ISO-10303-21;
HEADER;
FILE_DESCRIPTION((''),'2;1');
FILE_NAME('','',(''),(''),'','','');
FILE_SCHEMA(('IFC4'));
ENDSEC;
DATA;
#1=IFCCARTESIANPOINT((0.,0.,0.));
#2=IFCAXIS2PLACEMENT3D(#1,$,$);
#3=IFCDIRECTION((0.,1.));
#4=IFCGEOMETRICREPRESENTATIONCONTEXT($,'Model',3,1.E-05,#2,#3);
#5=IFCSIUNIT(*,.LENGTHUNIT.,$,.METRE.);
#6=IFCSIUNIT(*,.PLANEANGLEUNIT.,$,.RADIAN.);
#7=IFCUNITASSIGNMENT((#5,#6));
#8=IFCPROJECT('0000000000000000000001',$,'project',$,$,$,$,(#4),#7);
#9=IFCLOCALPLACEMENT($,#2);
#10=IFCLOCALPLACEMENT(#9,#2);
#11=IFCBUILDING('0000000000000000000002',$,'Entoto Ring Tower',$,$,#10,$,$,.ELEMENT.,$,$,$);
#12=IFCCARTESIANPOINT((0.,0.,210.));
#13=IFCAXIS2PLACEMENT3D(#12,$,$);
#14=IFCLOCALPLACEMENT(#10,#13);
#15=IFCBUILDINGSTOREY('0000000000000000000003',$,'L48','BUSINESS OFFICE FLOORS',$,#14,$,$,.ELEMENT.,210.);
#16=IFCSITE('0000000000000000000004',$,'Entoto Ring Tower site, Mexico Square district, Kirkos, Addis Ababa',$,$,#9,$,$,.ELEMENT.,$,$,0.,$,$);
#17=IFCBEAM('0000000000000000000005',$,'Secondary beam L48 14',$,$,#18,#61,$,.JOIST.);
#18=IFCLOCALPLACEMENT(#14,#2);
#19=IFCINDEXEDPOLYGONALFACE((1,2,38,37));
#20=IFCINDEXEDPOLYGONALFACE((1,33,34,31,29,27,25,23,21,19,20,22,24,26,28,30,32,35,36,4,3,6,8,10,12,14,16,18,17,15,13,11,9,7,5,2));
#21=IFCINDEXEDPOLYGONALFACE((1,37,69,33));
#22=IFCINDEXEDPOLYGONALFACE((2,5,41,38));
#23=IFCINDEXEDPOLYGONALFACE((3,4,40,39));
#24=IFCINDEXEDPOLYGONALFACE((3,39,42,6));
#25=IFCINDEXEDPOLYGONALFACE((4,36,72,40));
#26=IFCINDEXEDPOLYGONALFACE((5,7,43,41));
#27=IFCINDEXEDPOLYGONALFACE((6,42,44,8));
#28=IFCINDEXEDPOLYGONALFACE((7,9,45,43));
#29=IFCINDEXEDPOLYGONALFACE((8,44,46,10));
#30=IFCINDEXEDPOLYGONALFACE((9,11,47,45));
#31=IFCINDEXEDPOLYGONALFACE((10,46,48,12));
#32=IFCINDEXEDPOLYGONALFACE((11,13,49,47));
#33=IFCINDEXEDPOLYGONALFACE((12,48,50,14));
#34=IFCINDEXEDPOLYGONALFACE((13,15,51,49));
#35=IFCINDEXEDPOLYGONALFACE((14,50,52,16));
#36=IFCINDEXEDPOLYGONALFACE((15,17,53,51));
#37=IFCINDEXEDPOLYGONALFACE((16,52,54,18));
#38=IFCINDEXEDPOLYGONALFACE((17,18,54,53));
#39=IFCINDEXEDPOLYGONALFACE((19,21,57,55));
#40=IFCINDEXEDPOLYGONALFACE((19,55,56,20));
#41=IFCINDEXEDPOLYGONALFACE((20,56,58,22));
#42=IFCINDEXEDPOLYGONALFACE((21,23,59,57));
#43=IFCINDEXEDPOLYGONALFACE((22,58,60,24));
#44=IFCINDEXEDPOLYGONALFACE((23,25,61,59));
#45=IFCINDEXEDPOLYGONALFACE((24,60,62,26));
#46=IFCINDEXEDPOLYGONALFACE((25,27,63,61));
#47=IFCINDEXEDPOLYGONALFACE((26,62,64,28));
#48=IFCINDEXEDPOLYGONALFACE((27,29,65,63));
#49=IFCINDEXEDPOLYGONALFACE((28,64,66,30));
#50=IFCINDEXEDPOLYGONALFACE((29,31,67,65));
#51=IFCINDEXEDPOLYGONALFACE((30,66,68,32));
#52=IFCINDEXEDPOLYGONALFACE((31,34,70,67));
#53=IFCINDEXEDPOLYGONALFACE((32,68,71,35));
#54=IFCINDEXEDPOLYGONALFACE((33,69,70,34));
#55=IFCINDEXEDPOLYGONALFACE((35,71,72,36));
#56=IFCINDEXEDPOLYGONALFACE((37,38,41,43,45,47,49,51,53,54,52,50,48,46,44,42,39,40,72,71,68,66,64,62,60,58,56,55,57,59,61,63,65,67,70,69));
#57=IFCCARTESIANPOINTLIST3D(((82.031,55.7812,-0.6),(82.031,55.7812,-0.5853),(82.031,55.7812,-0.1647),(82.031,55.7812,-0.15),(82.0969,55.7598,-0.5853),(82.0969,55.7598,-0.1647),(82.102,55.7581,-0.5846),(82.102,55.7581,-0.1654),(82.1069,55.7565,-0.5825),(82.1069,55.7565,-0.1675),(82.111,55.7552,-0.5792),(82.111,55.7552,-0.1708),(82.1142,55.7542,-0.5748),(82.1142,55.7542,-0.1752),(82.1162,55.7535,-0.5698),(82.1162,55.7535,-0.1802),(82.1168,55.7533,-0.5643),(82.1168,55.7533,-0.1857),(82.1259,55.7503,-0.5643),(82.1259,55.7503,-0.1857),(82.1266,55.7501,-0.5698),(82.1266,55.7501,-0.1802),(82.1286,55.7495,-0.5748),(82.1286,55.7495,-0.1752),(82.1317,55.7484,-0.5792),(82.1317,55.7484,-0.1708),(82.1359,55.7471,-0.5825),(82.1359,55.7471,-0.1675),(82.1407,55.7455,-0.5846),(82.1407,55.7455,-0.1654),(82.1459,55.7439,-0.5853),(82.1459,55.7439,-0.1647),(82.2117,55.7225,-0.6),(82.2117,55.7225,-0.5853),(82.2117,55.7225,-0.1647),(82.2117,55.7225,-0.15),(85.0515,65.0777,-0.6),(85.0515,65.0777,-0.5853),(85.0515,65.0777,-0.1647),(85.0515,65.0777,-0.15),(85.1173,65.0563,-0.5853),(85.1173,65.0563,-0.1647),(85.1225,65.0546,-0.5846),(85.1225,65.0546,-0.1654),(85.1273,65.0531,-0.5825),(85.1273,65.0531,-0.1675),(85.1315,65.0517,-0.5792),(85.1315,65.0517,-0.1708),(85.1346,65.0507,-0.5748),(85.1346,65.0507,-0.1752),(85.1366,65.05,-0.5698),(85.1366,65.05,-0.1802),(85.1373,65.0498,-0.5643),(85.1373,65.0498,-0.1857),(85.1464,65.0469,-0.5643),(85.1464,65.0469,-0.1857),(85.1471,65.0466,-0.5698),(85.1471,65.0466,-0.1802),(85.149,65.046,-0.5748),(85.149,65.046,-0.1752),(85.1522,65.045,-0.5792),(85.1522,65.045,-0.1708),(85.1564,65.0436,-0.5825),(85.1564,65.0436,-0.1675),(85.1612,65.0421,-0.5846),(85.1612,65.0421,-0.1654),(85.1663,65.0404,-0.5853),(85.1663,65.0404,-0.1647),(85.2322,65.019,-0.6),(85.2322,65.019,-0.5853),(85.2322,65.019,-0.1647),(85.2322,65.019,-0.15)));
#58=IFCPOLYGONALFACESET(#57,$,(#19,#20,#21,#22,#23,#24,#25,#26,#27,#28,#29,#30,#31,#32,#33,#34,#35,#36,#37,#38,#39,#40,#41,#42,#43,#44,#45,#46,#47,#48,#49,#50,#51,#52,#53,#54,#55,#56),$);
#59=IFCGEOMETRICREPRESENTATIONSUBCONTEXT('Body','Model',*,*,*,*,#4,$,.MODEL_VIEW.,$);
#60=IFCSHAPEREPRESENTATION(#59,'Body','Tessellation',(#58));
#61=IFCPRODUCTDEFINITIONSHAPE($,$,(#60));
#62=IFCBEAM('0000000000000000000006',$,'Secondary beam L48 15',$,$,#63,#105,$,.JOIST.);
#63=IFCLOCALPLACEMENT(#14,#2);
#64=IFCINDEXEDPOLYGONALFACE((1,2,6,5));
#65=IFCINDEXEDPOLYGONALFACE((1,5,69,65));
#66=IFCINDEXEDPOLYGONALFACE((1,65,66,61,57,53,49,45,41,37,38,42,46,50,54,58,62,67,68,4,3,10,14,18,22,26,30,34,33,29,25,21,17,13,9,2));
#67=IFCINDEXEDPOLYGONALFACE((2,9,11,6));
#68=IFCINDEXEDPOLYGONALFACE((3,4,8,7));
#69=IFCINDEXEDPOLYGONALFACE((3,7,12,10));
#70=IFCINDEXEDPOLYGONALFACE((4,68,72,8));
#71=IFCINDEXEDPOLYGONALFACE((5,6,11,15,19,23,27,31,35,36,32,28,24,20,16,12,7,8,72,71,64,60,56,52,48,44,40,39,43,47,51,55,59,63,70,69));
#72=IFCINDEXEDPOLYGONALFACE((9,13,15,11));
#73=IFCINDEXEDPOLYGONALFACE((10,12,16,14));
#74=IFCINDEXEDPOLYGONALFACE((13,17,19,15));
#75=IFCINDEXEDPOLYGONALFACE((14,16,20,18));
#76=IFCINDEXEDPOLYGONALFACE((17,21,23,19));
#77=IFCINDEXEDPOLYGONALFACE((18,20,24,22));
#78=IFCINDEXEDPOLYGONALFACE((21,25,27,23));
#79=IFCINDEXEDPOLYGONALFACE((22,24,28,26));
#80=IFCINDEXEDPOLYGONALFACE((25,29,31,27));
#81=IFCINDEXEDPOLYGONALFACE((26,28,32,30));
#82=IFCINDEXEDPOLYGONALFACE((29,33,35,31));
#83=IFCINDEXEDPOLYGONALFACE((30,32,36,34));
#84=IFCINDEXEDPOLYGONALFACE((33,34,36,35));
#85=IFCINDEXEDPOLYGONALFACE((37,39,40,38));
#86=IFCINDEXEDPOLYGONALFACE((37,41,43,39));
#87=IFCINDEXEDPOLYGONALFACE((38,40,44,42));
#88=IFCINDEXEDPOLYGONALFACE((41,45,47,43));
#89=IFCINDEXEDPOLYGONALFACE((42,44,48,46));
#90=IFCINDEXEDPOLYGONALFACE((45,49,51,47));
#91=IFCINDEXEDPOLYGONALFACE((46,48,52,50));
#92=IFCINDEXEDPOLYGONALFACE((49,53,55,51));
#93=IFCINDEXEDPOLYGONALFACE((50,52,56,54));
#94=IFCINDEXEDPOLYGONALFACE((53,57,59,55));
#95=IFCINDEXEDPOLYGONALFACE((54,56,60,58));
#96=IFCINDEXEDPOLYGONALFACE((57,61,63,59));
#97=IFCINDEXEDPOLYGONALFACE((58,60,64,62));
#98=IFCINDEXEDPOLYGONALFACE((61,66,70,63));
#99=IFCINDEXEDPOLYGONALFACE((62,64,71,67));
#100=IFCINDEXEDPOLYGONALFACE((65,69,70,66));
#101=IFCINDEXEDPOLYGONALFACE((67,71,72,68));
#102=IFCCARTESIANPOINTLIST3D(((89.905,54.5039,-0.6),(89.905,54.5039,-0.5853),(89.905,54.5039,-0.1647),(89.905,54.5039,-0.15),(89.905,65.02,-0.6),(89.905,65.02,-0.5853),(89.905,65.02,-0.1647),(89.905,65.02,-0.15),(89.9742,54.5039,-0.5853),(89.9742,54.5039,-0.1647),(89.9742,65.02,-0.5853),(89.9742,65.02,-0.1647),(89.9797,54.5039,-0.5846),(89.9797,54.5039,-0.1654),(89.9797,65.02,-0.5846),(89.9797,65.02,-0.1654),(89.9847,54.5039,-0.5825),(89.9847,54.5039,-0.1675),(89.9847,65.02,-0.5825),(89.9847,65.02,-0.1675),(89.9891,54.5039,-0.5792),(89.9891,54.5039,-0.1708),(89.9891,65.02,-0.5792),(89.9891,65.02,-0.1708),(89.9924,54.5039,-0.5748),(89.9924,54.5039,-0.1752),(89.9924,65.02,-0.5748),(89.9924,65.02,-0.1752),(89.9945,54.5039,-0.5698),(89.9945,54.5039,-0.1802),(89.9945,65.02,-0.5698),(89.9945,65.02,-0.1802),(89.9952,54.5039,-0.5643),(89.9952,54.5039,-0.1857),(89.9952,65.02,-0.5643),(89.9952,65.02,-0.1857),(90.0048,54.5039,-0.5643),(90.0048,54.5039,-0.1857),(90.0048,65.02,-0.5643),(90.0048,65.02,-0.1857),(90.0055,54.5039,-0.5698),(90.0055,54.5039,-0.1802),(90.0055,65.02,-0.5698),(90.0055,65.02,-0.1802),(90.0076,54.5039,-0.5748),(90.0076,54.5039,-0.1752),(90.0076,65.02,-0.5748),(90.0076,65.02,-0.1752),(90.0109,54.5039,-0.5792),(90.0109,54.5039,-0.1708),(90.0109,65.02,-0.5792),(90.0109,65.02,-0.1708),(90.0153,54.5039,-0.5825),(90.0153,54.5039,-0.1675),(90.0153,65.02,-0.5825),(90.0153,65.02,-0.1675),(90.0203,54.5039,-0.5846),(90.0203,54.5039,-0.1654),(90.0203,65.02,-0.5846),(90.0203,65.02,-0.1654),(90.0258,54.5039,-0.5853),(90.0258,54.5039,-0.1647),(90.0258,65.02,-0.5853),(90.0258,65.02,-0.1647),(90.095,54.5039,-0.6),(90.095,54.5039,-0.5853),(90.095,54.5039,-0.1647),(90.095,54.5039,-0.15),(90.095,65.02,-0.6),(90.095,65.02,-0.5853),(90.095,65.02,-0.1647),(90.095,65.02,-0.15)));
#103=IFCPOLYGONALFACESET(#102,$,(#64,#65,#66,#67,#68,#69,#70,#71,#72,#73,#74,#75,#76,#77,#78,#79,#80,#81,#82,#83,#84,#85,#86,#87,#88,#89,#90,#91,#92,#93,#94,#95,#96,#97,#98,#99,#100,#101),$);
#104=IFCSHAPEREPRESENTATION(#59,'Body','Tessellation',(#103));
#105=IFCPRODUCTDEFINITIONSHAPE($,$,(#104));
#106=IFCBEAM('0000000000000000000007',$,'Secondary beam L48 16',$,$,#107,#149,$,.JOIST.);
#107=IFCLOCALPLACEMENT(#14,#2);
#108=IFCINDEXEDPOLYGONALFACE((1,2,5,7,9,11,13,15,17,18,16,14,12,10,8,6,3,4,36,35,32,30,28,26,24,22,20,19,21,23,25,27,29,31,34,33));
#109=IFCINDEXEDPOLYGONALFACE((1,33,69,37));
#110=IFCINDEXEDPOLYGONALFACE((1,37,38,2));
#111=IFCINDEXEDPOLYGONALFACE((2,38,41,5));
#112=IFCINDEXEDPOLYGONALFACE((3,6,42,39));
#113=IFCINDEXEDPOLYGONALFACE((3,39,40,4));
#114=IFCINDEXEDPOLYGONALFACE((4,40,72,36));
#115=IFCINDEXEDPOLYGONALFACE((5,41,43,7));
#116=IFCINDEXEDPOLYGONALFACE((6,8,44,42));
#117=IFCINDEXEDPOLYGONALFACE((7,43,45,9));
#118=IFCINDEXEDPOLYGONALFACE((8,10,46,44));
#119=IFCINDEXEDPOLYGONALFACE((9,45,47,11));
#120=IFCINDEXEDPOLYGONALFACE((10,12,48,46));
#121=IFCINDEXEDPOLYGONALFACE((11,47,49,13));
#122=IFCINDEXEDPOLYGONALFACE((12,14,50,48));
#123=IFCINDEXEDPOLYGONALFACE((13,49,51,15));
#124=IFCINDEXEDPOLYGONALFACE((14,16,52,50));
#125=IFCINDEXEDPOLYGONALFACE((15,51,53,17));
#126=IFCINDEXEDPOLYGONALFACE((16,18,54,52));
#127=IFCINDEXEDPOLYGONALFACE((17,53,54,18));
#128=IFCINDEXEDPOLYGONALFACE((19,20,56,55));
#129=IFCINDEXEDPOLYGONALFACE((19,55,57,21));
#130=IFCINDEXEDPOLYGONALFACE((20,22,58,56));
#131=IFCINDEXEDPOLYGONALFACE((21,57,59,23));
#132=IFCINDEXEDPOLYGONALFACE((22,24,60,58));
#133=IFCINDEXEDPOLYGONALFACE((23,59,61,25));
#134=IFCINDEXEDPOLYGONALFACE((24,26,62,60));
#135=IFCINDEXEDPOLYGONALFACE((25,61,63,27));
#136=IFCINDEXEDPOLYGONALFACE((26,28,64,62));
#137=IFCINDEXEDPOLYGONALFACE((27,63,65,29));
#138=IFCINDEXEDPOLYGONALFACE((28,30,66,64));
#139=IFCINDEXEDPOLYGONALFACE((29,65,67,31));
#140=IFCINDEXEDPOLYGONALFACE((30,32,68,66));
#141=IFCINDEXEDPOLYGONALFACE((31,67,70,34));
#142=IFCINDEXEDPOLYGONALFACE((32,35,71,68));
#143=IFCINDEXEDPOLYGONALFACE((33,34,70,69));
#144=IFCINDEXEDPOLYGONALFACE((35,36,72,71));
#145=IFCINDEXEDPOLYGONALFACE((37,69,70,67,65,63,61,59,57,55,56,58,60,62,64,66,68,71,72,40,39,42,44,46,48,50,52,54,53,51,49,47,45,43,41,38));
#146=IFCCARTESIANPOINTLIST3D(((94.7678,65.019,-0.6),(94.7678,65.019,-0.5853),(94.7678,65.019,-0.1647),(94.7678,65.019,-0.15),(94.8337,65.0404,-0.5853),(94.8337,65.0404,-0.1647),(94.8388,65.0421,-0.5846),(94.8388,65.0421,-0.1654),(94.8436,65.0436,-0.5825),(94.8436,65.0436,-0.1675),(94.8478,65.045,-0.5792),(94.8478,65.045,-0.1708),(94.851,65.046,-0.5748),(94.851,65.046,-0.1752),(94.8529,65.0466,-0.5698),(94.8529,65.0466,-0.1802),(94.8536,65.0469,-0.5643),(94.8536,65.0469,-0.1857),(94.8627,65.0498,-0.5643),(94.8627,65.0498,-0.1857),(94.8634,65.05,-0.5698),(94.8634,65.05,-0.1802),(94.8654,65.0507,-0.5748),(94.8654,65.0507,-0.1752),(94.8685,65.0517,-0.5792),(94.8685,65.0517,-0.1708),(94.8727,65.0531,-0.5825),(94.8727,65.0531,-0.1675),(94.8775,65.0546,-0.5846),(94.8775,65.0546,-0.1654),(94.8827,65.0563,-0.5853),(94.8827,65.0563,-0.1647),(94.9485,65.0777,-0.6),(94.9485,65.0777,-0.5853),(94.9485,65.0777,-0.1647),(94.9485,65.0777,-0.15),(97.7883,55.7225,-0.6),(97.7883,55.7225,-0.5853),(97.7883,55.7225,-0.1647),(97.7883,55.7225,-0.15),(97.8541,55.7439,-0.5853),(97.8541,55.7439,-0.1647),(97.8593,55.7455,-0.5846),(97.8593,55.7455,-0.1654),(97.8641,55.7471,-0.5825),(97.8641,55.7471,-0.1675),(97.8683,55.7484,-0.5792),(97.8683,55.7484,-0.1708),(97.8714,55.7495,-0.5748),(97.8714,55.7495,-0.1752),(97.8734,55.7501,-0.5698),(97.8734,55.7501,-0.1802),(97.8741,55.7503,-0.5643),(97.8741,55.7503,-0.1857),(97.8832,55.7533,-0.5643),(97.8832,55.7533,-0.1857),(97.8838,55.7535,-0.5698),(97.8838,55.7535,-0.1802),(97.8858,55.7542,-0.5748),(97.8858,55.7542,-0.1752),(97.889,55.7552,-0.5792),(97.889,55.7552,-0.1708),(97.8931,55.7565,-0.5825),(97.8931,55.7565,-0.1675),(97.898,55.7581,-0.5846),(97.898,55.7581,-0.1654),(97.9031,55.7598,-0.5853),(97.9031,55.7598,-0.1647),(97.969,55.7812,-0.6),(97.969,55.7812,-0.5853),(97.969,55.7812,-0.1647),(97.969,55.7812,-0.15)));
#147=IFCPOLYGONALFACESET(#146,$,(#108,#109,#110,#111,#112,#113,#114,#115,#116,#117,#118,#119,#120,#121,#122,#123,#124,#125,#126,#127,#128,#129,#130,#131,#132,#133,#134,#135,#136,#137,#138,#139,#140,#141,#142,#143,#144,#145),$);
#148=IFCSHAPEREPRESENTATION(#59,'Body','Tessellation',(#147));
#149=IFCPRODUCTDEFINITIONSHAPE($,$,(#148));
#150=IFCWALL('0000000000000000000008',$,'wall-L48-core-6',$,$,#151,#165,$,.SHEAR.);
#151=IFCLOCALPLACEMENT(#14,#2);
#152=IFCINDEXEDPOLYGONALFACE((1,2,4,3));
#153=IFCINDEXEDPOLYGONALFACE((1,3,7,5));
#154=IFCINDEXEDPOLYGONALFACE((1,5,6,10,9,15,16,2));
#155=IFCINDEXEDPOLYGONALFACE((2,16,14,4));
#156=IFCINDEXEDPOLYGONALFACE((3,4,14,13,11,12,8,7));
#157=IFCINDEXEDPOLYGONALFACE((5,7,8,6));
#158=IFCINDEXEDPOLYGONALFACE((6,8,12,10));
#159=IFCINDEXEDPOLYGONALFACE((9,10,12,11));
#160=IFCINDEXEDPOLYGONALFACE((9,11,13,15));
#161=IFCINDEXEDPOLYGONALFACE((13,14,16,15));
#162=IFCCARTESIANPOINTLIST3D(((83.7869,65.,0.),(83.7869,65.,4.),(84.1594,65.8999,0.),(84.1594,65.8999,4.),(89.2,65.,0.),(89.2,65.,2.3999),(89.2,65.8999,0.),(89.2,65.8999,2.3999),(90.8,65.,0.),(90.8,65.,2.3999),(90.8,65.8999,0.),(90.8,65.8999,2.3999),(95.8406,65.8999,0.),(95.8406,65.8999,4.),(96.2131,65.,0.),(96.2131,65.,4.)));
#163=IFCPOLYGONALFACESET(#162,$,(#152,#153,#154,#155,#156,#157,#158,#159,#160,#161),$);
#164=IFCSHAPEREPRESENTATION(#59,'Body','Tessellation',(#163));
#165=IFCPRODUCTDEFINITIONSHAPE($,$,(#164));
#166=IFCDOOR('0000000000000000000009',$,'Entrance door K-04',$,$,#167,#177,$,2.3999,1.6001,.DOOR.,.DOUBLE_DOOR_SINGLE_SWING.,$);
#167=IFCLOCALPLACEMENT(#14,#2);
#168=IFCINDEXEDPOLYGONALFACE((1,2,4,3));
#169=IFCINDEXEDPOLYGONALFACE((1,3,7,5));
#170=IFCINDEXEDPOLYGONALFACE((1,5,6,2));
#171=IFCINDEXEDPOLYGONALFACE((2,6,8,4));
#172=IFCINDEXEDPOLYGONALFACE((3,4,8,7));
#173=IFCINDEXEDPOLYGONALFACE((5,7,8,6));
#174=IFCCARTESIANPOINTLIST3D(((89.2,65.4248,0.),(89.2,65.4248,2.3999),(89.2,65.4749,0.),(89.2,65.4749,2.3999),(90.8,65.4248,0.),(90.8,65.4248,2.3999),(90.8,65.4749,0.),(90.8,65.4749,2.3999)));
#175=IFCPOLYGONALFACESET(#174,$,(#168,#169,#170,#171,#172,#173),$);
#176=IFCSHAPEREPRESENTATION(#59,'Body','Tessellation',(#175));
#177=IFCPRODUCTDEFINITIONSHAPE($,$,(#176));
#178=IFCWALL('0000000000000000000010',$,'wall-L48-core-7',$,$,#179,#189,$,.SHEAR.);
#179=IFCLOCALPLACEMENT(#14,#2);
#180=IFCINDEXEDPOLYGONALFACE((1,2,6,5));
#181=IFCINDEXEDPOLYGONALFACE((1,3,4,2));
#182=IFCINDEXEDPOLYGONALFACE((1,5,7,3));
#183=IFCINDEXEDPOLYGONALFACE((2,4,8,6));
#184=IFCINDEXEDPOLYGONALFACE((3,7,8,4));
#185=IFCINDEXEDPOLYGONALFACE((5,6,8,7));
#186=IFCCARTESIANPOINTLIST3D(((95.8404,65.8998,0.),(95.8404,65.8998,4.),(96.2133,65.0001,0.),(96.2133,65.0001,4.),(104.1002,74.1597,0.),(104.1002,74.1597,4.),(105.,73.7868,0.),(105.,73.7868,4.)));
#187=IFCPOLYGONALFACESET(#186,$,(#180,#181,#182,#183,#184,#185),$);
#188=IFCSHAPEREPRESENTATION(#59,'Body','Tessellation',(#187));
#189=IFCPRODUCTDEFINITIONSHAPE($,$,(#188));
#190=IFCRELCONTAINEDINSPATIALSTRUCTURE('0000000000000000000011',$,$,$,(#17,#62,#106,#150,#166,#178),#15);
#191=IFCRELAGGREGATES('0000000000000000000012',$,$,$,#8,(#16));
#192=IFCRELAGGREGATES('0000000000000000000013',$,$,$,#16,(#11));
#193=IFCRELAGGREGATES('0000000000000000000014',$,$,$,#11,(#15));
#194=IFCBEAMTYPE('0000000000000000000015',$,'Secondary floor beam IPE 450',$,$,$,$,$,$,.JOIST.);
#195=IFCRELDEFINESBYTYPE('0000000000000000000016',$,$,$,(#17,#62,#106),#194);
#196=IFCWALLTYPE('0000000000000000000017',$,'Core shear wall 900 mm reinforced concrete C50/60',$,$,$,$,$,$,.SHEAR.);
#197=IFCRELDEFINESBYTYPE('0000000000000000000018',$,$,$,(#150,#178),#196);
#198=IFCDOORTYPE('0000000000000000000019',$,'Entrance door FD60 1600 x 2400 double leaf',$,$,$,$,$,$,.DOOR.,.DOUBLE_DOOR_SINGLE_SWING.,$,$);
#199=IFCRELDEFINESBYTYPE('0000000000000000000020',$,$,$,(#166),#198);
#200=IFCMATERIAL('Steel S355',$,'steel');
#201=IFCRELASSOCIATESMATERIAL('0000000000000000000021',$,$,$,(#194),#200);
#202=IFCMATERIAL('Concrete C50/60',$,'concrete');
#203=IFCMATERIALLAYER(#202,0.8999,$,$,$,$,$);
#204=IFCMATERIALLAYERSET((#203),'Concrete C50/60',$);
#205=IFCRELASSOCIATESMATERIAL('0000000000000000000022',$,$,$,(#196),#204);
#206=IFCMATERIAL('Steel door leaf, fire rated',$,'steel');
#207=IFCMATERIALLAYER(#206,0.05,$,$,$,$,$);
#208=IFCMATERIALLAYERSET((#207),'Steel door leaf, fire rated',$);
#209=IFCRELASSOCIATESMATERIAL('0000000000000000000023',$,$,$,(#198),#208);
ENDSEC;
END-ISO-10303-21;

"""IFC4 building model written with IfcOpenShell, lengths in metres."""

from ifc_helpers import new_model, si_unit, direction, frame, frame_2d, origin, origin_2d, place, context, subcontext, project, spatial, polyline, rectangle, i_section, outline, extrude, material, layer, layer_set, material_profile, profile_set, type_object, element, fill, save


model = new_model("IFC4")

# Units and contexts
model_context = context("Model", 3, precision=1e-05, world=origin(), true_north=direction((0.0, 1.0)))
body_context = subcontext(model_context, "Body", "Model", "MODEL_VIEW")
ifc_project = project(units=[si_unit("LENGTHUNIT", "METRE"), si_unit("PLANEANGLEUNIT", "RADIAN")], contexts=[model_context])

# Site, building, storey
site_placement = place(None, origin())
site = spatial("IfcSite", under=ifc_project, at=site_placement, Name="Entoto Ring Tower site, Mexico Square district, Kirkos, Addis Ababa", CompositionType="ELEMENT", RefElevation=0.0)
building_placement = place(site_placement, origin())
building = spatial("IfcBuilding", under=site, at=building_placement, Name="Entoto Ring Tower", CompositionType="ELEMENT")
storey_placement = place(building_placement, frame((0.0, 0.0, 210.0)))
storey = spatial("IfcBuildingStorey", under=building, at=storey_placement, Name="L48", Description="BUSINESS OFFICE FLOORS", CompositionType="ELEMENT", Elevation=210.0)

# Beams
ifc_material_1 = material(Name="Steel S355", Category="steel")
ifc_material_profile_1 = material_profile(ifc_material_1, i_section(OverallWidth=0.1899, OverallDepth=0.45, WebThickness=0.0095, FlangeThickness=0.0146, FilletRadius=0.021, at=origin_2d()), Name="IPE 450")
ifc_profile_set_1 = profile_set([ifc_material_profile_1], Name="Steel S355")
beam_type_1 = type_object("IfcBeamType", Name="Secondary floor beam IPE 450", PredefinedType="JOIST", material=ifc_profile_set_1)
beam_1_placement = place(storey_placement, frame((85.1418, 65.0483, -0.375), z_axis=(-0.309003, -0.951061, 0.0), x_axis=(0.951061, -0.309003, 0.0)))
element("IfcBeam", 1, at=beam_1_placement, inside=storey, type_object=beam_type_1, Name="Secondary beam L48 14", PredefinedType="JOIST", context=body_context, shape_type="SweptSolid", body=[
    extrude(i_section(OverallWidth=0.1899, OverallDepth=0.45, WebThickness=0.0095, FlangeThickness=0.0146, FilletRadius=0.021, at=origin_2d()), origin(), (0.0, 0.0, 1.0), 9.7749),
])
beam_2_placement = place(storey_placement, frame((90.0, 65.02, -0.375), z_axis=(0.0, -1.0, 0.0), x_axis=(1.0, 0.0, 0.0)))
element("IfcBeam", 2, at=beam_2_placement, inside=storey, type_object=beam_type_1, Name="Secondary beam L48 15", PredefinedType="JOIST", context=body_context, shape_type="SweptSolid", body=[
    extrude(i_section(OverallWidth=0.1899, OverallDepth=0.45, WebThickness=0.0095, FlangeThickness=0.0146, FilletRadius=0.021, at=origin_2d()), origin(), (0.0, 0.0, 1.0), 10.5161),
])
beam_3_placement = place(storey_placement, frame((94.8582, 65.0483, -0.375), z_axis=(0.309003, -0.951061, 0.0), x_axis=(0.951061, 0.309003, 0.0)))
element("IfcBeam", 3, at=beam_3_placement, inside=storey, type_object=beam_type_1, Name="Secondary beam L48 16", PredefinedType="JOIST", context=body_context, shape_type="SweptSolid", body=[
    extrude(i_section(OverallWidth=0.1899, OverallDepth=0.45, WebThickness=0.0095, FlangeThickness=0.0146, FilletRadius=0.021, at=origin_2d()), origin(), (0.0, 0.0, 1.0), 9.7749),
])

# Wall, opening, door
ifc_material_2 = material(Name="Concrete C50/60", Category="concrete")
ifc_layer_1 = layer(ifc_material_2, 0.8999)
ifc_layer_set_1 = layer_set([ifc_layer_1], Name="Concrete C50/60")
wall_type_1 = type_object("IfcWallType", Name="Core shear wall 900 mm reinforced concrete C50/60", PredefinedType="SHEAR", material=ifc_layer_set_1)
wall_1_placement = place(storey_placement, frame((83.9731, 65.45, 0.0), z_axis=(0.0, 0.0, 1.0), x_axis=(1.0, 0.0, 0.0)))
wall_1 = element("IfcWall", 4, at=wall_1_placement, inside=storey, type_object=wall_type_1, Name="wall-L48-core-6", PredefinedType="SHEAR", context=body_context, shape_type="SweptSolid", body=[
    extrude(outline(polyline([(-0.1863, -0.45), (12.24, -0.45), (11.8674, 0.45), (0.1863, 0.45), (-0.1863, -0.45)])), origin(), (0.0, 0.0, 1.0), 4.0),
])
opening_placement = place(wall_1_placement, frame((5.2268, 0.0, 0.0)))
opening = element("IfcOpeningElement", 5, at=opening_placement, cuts=wall_1, PredefinedType="OPENING", context=body_context, shape_type="SweptSolid", body=[
    extrude(rectangle(XDim=1.6001, YDim=2.3999, at=frame_2d((0.8, 1.2))), frame((0.0, 0.46, 0.0), z_axis=(0.0, -1.0, 0.0), x_axis=(1.0, 0.0, 0.0)), (0.0, 0.0, 1.0), 0.9199),
])
ifc_material_3 = material(Name="Steel door leaf, fire rated", Category="steel")
ifc_layer_2 = layer(ifc_material_3, 0.05)
ifc_layer_set_2 = layer_set([ifc_layer_2], Name="Steel door leaf, fire rated")
door_type = type_object("IfcDoorType", Name="Entrance door FD60 1600 x 2400 double leaf", OperationType="DOUBLE_DOOR_SINGLE_SWING", PredefinedType="DOOR", material=ifc_layer_set_2)
door_placement = place(opening_placement, origin())
door = element("IfcDoor", 6, at=door_placement, inside=storey, type_object=door_type, Name="Entrance door K-04", OperationType="DOUBLE_DOOR_SINGLE_SWING", OverallHeight=2.3999, OverallWidth=1.6001, PredefinedType="DOOR", context=body_context, shape_type="SweptSolid", body=[
    extrude(rectangle(XDim=1.6001, YDim=2.3999, at=frame_2d((0.8, 1.2))), frame((0.0, 0.0249, 0.0), z_axis=(0.0, -1.0, 0.0), x_axis=(1.0, 0.0, 0.0)), (0.0, 0.0, 1.0), 0.05),
])
fill(opening, door)

# Wall
wall_2_placement = place(storey_placement, frame((96.0269, 65.45, 0.0), z_axis=(0.0, 0.0, 1.0), x_axis=(0.707107, 0.707107, 0.0)))
element("IfcWall", 7, at=wall_2_placement, inside=storey, type_object=wall_type_1, Name="wall-L48-core-7", PredefinedType="SHEAR", context=body_context, shape_type="SweptSolid", body=[
    extrude(outline(polyline([(-0.1863, -0.45), (12.24, -0.45), (11.8674, 0.45), (0.1863, 0.45), (-0.1863, -0.45)])), origin(), (0.0, 0.0, 1.0), 4.0),
])

save(model, "model.ifc")
